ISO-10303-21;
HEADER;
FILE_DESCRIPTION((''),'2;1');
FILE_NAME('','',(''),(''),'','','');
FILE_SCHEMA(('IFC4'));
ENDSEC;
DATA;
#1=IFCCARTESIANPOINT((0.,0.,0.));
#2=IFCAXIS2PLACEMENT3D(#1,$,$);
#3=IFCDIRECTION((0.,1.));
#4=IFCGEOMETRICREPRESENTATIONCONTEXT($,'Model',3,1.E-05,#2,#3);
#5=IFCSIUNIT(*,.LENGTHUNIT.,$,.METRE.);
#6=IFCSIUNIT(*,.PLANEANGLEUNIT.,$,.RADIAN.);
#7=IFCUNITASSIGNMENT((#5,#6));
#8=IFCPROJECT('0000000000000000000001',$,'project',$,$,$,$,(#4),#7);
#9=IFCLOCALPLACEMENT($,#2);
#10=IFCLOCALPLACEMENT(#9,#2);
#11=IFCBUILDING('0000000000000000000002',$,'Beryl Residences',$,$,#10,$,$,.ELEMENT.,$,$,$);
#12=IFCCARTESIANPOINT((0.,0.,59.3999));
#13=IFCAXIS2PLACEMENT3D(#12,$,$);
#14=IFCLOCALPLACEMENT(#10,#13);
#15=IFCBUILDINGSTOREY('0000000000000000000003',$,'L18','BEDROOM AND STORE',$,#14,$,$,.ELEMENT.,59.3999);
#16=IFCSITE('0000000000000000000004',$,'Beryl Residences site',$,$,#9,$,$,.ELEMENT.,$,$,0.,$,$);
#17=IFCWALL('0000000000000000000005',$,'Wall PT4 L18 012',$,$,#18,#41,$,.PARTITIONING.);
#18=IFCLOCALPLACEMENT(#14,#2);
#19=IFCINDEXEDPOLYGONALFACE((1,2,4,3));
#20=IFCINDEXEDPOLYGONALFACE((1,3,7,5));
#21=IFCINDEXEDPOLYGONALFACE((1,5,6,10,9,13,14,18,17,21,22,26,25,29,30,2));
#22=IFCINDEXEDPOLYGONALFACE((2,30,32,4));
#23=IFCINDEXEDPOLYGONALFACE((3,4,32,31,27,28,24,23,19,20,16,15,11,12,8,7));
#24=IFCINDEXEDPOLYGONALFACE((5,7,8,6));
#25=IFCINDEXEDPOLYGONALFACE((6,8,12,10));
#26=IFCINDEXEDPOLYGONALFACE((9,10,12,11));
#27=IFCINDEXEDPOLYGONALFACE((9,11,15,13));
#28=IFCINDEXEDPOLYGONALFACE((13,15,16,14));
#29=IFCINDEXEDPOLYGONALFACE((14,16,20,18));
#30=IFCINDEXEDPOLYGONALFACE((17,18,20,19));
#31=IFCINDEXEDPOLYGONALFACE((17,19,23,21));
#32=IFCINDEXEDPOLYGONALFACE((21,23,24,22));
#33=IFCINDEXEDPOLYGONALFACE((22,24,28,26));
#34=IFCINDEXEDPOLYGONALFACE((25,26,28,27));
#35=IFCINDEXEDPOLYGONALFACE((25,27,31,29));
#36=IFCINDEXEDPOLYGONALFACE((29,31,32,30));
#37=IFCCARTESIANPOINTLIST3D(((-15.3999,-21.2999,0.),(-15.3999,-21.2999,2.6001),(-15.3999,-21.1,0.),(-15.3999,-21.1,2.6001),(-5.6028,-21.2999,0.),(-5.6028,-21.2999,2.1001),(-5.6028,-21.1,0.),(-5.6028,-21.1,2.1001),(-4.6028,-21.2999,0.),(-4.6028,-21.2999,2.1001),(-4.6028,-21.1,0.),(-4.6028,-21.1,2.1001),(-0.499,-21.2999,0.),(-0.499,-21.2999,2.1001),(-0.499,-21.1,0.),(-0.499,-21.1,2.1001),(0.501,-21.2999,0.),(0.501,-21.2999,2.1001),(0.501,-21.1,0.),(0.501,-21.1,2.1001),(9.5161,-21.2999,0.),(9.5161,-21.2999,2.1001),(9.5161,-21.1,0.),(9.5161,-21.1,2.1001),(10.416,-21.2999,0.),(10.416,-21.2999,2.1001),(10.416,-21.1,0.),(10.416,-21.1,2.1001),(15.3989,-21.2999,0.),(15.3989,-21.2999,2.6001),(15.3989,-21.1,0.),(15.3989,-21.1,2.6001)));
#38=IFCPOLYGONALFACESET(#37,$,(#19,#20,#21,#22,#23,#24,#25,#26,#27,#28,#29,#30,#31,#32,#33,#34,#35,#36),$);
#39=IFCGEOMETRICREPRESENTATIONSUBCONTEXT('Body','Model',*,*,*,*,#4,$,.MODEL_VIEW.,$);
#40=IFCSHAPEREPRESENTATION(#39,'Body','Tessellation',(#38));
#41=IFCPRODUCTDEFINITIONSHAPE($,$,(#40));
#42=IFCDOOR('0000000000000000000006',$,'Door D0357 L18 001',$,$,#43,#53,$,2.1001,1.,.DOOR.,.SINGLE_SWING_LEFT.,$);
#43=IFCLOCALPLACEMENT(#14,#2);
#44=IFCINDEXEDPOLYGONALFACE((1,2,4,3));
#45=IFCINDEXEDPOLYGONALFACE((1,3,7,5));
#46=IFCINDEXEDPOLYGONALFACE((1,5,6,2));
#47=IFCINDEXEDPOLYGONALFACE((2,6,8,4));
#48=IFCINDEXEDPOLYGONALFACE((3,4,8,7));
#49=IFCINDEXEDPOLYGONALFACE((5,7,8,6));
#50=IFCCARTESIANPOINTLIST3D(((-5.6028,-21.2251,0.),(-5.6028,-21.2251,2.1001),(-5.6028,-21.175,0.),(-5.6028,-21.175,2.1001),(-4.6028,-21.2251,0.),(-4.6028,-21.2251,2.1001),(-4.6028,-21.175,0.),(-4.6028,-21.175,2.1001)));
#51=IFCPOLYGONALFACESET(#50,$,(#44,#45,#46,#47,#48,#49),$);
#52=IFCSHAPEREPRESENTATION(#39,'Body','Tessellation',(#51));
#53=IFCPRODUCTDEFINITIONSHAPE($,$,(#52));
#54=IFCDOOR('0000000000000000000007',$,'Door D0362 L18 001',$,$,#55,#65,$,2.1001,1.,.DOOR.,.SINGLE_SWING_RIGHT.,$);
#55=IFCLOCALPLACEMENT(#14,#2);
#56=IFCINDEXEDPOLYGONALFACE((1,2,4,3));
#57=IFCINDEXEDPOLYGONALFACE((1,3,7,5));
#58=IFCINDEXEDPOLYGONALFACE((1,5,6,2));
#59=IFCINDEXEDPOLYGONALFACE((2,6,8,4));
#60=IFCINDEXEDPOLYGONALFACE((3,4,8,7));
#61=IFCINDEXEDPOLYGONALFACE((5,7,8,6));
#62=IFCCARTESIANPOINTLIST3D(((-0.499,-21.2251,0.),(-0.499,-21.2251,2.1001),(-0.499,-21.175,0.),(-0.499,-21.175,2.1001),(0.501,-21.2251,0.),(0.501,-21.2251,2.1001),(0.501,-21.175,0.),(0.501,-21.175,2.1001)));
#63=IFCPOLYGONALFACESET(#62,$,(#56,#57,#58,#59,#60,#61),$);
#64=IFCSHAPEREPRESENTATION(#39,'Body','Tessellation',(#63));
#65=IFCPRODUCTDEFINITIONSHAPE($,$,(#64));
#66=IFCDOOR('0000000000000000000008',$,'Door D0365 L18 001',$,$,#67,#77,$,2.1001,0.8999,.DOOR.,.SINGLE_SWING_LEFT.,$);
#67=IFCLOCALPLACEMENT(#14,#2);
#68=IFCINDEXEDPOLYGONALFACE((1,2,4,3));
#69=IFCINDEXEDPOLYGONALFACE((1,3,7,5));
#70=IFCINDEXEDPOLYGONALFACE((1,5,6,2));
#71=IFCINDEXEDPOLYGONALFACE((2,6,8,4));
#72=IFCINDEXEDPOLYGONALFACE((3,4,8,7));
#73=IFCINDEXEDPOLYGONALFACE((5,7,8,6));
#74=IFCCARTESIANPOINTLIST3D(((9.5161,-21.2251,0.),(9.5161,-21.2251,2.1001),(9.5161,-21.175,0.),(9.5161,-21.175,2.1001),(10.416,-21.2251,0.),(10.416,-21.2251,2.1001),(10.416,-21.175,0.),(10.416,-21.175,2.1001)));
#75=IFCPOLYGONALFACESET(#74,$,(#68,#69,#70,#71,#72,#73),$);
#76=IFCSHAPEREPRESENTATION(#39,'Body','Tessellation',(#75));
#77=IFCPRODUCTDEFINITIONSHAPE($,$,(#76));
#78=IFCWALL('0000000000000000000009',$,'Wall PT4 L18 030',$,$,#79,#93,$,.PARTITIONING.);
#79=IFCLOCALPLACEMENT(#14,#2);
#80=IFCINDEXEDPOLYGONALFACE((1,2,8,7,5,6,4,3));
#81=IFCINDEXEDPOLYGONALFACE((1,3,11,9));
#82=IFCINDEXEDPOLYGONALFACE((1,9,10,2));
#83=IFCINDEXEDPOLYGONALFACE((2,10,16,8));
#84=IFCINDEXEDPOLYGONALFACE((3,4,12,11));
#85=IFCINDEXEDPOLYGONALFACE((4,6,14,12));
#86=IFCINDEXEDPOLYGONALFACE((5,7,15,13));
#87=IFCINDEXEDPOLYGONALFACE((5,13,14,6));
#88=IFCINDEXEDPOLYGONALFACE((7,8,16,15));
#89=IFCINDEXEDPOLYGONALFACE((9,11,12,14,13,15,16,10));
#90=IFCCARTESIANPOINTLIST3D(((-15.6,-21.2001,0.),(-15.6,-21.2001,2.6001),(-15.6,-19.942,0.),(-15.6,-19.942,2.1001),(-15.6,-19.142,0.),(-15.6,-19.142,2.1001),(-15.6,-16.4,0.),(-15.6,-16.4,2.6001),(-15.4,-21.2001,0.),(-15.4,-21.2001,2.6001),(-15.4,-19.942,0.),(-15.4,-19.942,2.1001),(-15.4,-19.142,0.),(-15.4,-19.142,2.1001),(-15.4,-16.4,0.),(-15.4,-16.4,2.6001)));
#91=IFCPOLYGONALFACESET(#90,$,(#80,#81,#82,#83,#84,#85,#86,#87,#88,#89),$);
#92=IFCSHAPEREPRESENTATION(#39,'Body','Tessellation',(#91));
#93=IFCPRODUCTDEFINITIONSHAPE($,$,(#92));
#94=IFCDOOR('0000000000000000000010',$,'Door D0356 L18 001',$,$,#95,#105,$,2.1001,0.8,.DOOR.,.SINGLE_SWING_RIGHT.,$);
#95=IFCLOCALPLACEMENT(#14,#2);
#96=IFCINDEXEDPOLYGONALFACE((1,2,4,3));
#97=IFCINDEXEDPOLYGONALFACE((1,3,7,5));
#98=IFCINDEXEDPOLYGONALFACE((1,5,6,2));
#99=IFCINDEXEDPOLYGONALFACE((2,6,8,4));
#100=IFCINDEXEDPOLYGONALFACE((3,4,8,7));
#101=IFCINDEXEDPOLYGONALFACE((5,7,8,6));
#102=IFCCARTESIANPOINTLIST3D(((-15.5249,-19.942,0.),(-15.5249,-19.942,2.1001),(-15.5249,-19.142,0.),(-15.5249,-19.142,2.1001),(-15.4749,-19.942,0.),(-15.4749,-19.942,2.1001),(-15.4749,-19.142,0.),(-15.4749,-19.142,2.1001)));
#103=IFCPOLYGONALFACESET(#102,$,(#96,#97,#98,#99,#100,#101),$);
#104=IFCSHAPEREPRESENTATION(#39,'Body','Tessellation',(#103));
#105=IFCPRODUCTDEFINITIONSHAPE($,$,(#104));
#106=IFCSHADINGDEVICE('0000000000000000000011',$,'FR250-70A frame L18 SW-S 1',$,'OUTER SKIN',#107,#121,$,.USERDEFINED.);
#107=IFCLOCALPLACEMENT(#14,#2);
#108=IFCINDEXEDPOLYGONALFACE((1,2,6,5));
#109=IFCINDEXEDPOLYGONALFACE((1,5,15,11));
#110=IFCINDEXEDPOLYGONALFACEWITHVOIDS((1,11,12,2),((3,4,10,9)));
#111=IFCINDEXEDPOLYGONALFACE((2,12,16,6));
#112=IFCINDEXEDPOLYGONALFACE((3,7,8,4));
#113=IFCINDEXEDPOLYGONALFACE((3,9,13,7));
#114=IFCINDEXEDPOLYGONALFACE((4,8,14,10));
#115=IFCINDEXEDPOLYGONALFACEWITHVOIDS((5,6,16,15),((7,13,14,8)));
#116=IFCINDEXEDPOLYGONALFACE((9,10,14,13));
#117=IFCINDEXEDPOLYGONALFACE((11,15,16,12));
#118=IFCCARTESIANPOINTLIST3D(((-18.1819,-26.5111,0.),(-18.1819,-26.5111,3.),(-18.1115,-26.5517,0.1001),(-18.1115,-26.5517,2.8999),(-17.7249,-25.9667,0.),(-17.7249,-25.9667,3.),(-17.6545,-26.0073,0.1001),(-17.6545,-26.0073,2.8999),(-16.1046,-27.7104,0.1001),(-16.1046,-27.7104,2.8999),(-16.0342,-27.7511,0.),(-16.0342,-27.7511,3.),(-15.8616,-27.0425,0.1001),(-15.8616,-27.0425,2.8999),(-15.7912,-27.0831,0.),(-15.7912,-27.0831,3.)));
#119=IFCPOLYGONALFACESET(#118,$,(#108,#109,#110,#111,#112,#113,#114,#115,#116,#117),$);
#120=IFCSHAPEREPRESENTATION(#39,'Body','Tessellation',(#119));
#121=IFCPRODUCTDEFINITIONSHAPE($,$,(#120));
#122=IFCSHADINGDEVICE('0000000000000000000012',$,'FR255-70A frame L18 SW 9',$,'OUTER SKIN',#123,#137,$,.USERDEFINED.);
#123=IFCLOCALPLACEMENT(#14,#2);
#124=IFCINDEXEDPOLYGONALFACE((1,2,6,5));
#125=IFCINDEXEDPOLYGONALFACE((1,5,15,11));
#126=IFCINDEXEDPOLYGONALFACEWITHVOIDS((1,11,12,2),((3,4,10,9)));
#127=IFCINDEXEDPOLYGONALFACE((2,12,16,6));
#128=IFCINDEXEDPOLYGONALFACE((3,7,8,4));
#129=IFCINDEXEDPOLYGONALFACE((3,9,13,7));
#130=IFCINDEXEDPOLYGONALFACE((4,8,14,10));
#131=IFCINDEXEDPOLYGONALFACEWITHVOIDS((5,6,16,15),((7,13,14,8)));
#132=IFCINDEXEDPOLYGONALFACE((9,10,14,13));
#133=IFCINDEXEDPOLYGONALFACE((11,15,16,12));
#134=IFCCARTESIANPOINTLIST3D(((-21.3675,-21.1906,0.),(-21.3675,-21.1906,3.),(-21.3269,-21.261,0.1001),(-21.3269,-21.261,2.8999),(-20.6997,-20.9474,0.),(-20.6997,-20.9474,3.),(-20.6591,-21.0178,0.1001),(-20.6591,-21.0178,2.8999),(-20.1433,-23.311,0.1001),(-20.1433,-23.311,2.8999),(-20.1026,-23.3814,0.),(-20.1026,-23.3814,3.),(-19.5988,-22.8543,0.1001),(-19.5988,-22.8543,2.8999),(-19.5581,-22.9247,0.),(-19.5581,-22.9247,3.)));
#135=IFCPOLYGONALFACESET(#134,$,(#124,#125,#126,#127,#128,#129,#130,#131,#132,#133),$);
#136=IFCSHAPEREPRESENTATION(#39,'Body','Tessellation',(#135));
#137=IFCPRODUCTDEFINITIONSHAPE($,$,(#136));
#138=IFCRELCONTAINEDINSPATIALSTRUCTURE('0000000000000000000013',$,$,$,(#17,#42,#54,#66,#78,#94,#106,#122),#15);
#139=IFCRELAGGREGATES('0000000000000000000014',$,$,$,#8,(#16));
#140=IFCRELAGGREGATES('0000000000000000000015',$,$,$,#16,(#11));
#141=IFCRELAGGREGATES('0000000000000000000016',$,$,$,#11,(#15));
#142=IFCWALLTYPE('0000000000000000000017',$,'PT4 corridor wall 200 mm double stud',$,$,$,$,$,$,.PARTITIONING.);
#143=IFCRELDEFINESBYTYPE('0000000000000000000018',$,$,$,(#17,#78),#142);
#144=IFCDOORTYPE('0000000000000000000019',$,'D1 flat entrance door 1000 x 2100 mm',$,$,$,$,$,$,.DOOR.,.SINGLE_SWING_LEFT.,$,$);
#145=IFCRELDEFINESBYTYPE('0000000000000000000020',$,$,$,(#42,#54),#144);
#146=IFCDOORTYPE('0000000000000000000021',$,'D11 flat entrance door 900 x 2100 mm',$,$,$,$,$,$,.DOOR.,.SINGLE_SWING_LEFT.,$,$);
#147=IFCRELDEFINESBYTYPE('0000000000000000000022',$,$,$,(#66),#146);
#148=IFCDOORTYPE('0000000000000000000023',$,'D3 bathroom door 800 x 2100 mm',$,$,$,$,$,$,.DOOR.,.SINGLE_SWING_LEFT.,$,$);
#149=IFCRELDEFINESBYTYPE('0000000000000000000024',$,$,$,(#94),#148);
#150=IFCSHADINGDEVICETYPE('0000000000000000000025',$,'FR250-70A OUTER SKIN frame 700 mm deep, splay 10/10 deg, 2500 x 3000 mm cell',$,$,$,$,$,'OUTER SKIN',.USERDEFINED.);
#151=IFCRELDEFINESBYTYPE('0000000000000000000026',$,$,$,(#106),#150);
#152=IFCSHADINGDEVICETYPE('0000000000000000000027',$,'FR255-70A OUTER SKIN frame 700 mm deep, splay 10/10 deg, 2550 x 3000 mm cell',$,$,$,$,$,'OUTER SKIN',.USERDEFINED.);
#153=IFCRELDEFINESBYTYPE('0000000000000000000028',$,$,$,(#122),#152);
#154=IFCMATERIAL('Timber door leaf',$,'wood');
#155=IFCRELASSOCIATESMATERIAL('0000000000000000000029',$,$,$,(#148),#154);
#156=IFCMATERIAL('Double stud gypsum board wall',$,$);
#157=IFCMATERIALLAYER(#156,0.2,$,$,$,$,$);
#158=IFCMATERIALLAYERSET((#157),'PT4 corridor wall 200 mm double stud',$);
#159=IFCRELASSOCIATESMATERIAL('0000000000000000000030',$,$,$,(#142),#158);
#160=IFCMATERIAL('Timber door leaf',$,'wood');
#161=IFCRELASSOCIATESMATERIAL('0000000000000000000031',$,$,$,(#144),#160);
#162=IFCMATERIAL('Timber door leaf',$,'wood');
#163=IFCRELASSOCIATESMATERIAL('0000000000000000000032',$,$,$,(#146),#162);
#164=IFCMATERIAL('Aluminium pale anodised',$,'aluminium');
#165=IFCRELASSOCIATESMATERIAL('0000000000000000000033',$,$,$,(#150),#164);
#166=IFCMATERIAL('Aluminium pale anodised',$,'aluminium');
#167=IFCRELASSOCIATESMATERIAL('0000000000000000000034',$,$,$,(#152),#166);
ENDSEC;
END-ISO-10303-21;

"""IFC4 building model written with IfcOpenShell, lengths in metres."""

from ifc_helpers import new_model, entity, si_unit, direction, frame, frame_2d, origin, place, context, subcontext, project, spatial, rectangle, extrude, source, transform, mapped, material, layer, layer_set, type_object, type_shapes, element, fill, save


model = new_model("IFC4")

# Units and contexts
model_context = context("Model", 3, precision=1e-05, world=origin(), true_north=direction((0.0, 1.0)))
body_context = subcontext(model_context, "Body", "Model", "MODEL_VIEW")
ifc_project = project(units=[si_unit("LENGTHUNIT", "METRE"), si_unit("PLANEANGLEUNIT", "RADIAN")], contexts=[model_context])

# Site, building, storey
site_placement = place(None, origin())
site = spatial("IfcSite", under=ifc_project, at=site_placement, Name="Beryl Residences site", CompositionType="ELEMENT", RefElevation=0.0)
building_placement = place(site_placement, origin())
building = spatial("IfcBuilding", under=site, at=building_placement, Name="Beryl Residences", CompositionType="ELEMENT")
storey_placement = place(building_placement, frame((0.0, 0.0, 59.3999)))
storey = spatial("IfcBuildingStorey", under=building, at=storey_placement, Name="L18", Description="BEDROOM AND STORE", CompositionType="ELEMENT", Elevation=59.3999)

# Shared definitions
ifc_material_1 = material(Name="Timber door leaf", Category="wood")
door_type_1 = type_object("IfcDoorType", Name="D3 bathroom door 800 x 2100 mm", OperationType="SINGLE_SWING_LEFT", PredefinedType="DOOR", material=ifc_material_1)

# Wall, openings, doors
ifc_material_2 = material(Name="Double stud gypsum board wall")
ifc_layer_1 = layer(ifc_material_2, 0.2)
ifc_layer_set_1 = layer_set([ifc_layer_1], Name="PT4 corridor wall 200 mm double stud")
wall_type_1 = type_object("IfcWallType", Name="PT4 corridor wall 200 mm double stud", PredefinedType="PARTITIONING", material=ifc_layer_set_1)
wall_1_placement = place(storey_placement, frame((-15.3999, -21.2, 0.0), z_axis=(0.0, 0.0, 1.0), x_axis=(1.0, 0.0, 0.0)))
wall_1 = element("IfcWall", 1, at=wall_1_placement, inside=storey, type_object=wall_type_1, Name="Wall PT4 L18 012", PredefinedType="PARTITIONING", context=body_context, shape_type="SweptSolid", body=[
    extrude(rectangle(XDim=30.7988, YDim=0.2, at=frame_2d((15.3994, 0.0))), origin(), (0.0, 0.0, 1.0), 2.6001),
])
opening_1_placement = place(wall_1_placement, frame((9.7971, 0.0, 0.0)))
opening_1 = element("IfcOpeningElement", 2, at=opening_1_placement, cuts=wall_1, PredefinedType="OPENING", context=body_context, shape_type="SweptSolid", body=[
    extrude(rectangle(XDim=1.0, YDim=2.1001, at=frame_2d((0.5, 1.05))), frame((0.0, 0.1099, 0.0), z_axis=(0.0, -1.0, 0.0), x_axis=(1.0, 0.0, 0.0)), (0.0, 0.0, 1.0), 0.22),
])
opening_2_placement = place(wall_1_placement, frame((14.9009, 0.0, 0.0)))
opening_2 = element("IfcOpeningElement", 3, at=opening_2_placement, cuts=wall_1, PredefinedType="OPENING", context=body_context, shape_type="SweptSolid", body=[
    extrude(rectangle(XDim=1.0, YDim=2.1001, at=frame_2d((0.5, 1.05))), frame((0.0, 0.1099, 0.0), z_axis=(0.0, -1.0, 0.0), x_axis=(1.0, 0.0, 0.0)), (0.0, 0.0, 1.0), 0.22),
])
opening_3_placement = place(wall_1_placement, frame((24.916, 0.0, 0.0)))
opening_3 = element("IfcOpeningElement", 4, at=opening_3_placement, cuts=wall_1, PredefinedType="OPENING", context=body_context, shape_type="SweptSolid", body=[
    extrude(rectangle(XDim=0.8999, YDim=2.1001, at=frame_2d((0.45, 1.05))), frame((0.0, 0.1099, 0.0), z_axis=(0.0, -1.0, 0.0), x_axis=(1.0, 0.0, 0.0)), (0.0, 0.0, 1.0), 0.22),
])
ifc_material_3 = material(Name="Timber door leaf", Category="wood")
door_type_2 = type_object("IfcDoorType", Name="D1 flat entrance door 1000 x 2100 mm", OperationType="SINGLE_SWING_LEFT", PredefinedType="DOOR", material=ifc_material_3)
door_1_placement = place(opening_1_placement, origin())
door_1 = element("IfcDoor", 5, at=door_1_placement, inside=storey, type_object=door_type_2, Name="Door D0357 L18 001", OperationType="SINGLE_SWING_LEFT", OverallHeight=2.1001, OverallWidth=1.0, PredefinedType="DOOR", context=body_context, shape_type="SweptSolid", body=[
    extrude(rectangle(XDim=1.0, YDim=2.1001, at=frame_2d((0.5, 1.05))), frame((0.0, 0.0249, 0.0), z_axis=(0.0, -1.0, 0.0), x_axis=(1.0, 0.0, 0.0)), (0.0, 0.0, 1.0), 0.05),
])
fill(opening_1, door_1)
door_2_placement = place(opening_2_placement, origin())
door_2 = element("IfcDoor", 6, at=door_2_placement, inside=storey, type_object=door_type_2, Name="Door D0362 L18 001", OperationType="SINGLE_SWING_RIGHT", OverallHeight=2.1001, OverallWidth=1.0, PredefinedType="DOOR", context=body_context, shape_type="SweptSolid", body=[
    extrude(rectangle(XDim=1.0, YDim=2.1001, at=frame_2d((0.5, 1.05))), frame((0.0, 0.0249, 0.0), z_axis=(0.0, -1.0, 0.0), x_axis=(1.0, 0.0, 0.0)), (0.0, 0.0, 1.0), 0.05),
])
fill(opening_2, door_2)
ifc_material_4 = material(Name="Timber door leaf", Category="wood")
door_type_3 = type_object("IfcDoorType", Name="D11 flat entrance door 900 x 2100 mm", OperationType="SINGLE_SWING_LEFT", PredefinedType="DOOR", material=ifc_material_4)
door_3_placement = place(opening_3_placement, origin())
door_3 = element("IfcDoor", 7, at=door_3_placement, inside=storey, type_object=door_type_3, Name="Door D0365 L18 001", OperationType="SINGLE_SWING_LEFT", OverallHeight=2.1001, OverallWidth=0.8999, PredefinedType="DOOR", context=body_context, shape_type="SweptSolid", body=[
    extrude(rectangle(XDim=0.8999, YDim=2.1001, at=frame_2d((0.45, 1.05))), frame((0.0, 0.0249, 0.0), z_axis=(0.0, -1.0, 0.0), x_axis=(1.0, 0.0, 0.0)), (0.0, 0.0, 1.0), 0.05),
])
fill(opening_3, door_3)

# Wall, opening, door
wall_2_placement = place(storey_placement, frame((-15.5, -21.2, 0.0), z_axis=(0.0, 0.0, 1.0), x_axis=(0.0, 1.0, 0.0)))
wall_2 = element("IfcWall", 8, at=wall_2_placement, inside=storey, type_object=wall_type_1, Name="Wall PT4 L18 030", PredefinedType="PARTITIONING", context=body_context, shape_type="SweptSolid", body=[
    extrude(rectangle(XDim=4.8, YDim=0.2, at=frame_2d((2.3999, 0.0))), origin(), (0.0, 0.0, 1.0), 2.6001),
])
opening_4_placement = place(wall_2_placement, frame((1.2581, 0.0, 0.0)))
opening_4 = element("IfcOpeningElement", 9, at=opening_4_placement, cuts=wall_2, PredefinedType="OPENING", context=body_context, shape_type="SweptSolid", body=[
    extrude(rectangle(XDim=0.8, YDim=2.1001, at=frame_2d((0.3999, 1.05))), frame((0.0, 0.1099, 0.0), z_axis=(0.0, -1.0, 0.0), x_axis=(1.0, 0.0, 0.0)), (0.0, 0.0, 1.0), 0.22),
])
door_4_placement = place(opening_4_placement, origin())
door_4 = element("IfcDoor", 10, at=door_4_placement, inside=storey, type_object=door_type_1, Name="Door D0356 L18 001", OperationType="SINGLE_SWING_RIGHT", OverallHeight=2.1001, OverallWidth=0.8, PredefinedType="DOOR", context=body_context, shape_type="SweptSolid", body=[
    extrude(rectangle(XDim=0.8, YDim=2.1001, at=frame_2d((0.3999, 1.05))), frame((0.0, 0.0249, 0.0), z_axis=(0.0, -1.0, 0.0), x_axis=(1.0, 0.0, 0.0)), (0.0, 0.0, 1.0), 0.05),
])
fill(opening_4, door_4)

# Shading devices
ifc_material_5 = material(Name="Aluminium pale anodised", Category="aluminium")
shading_device_type_1 = type_object("IfcShadingDeviceType", Name="FR250-70A OUTER SKIN frame 700 mm deep, splay 10/10 deg, 2500 x 3000 mm cell", ElementType="OUTER SKIN", PredefinedType="USERDEFINED", material=ifc_material_5)
cartesian_point_1 = entity("IfcCartesianPoint", [-1.1165, 0.0])
cartesian_point_2 = entity("IfcCartesianPoint", [-1.0352, 0.1001])
cartesian_point_3 = entity("IfcCartesianPoint", [-1.24, 0.0])
cartesian_point_4 = entity("IfcCartesianPoint", [-1.1587, 0.1001])
shared_shape_1 = source(origin(), body_context, "Body", "SweptSolid", [
    entity("IfcExtrudedAreaSolidTapered", entity("IfcArbitraryProfileDefWithVoids", "AREA", None, entity("IfcPolyline", [cartesian_point_1, entity("IfcCartesianPoint", [1.1165, 0.0]), entity("IfcCartesianPoint", [1.1165, 3.0]), entity("IfcCartesianPoint", [-1.1165, 3.0]), cartesian_point_1]), [entity("IfcPolyline", [cartesian_point_2, entity("IfcCartesianPoint", [1.0352, 0.1001]), entity("IfcCartesianPoint", [1.0352, 2.8999]), entity("IfcCartesianPoint", [-1.0352, 2.8999]), cartesian_point_2])]), entity("IfcAxis2Placement3D", entity("IfcCartesianPoint", [0.0, 0.0, 0.0]), entity("IfcDirection", [0.0, 1.0, 0.0]), entity("IfcDirection", [-1.0, 0.0, 0.0])), entity("IfcDirection", [0.0, 0.0, 1.0]), 0.7, entity("IfcArbitraryProfileDefWithVoids", "AREA", None, entity("IfcPolyline", [cartesian_point_3, entity("IfcCartesianPoint", [1.24, 0.0]), entity("IfcCartesianPoint", [1.24, 3.0]), entity("IfcCartesianPoint", [-1.24, 3.0]), cartesian_point_3]), [entity("IfcPolyline", [cartesian_point_4, entity("IfcCartesianPoint", [1.1587, 0.1001]), entity("IfcCartesianPoint", [1.1587, 2.8999]), entity("IfcCartesianPoint", [-1.1587, 2.8999]), cartesian_point_4])])),
])
type_shapes(shading_device_type_1, [shared_shape_1])
shading_device_placement = place(storey_placement, frame((-16.7581, -26.5249, 0.0), z_axis=(0.0, 0.0, 1.0), x_axis=(-0.866025, 0.5, 0.0)))
element("IfcShadingDevice", 11, at=shading_device_placement, inside=storey, type_object=shading_device_type_1, Name="FR250-70A frame L18 SW-S 1", ObjectType="OUTER SKIN", PredefinedType="USERDEFINED", context=body_context, shape_type="MappedRepresentation", body=[
    mapped(shared_shape_1, transform((0.0, 0.0, 0.0))),
])
ifc_material_6 = material(Name="Aluminium pale anodised", Category="aluminium")
shading_device_type_2 = type_object("IfcShadingDeviceType", Name="FR255-70A OUTER SKIN frame 700 mm deep, splay 10/10 deg, 2550 x 3000 mm cell", ElementType="OUTER SKIN", PredefinedType="USERDEFINED", material=ifc_material_6)
cartesian_point_5 = entity("IfcCartesianPoint", [-1.1416, 0.0])
cartesian_point_6 = entity("IfcCartesianPoint", [-1.0603, 0.1001])
cartesian_point_7 = entity("IfcCartesianPoint", [-1.2649, 0.0])
cartesian_point_8 = entity("IfcCartesianPoint", [-1.1836, 0.1001])
shared_shape_2 = source(origin(), body_context, "Body", "SweptSolid", [
    entity("IfcExtrudedAreaSolidTapered", entity("IfcArbitraryProfileDefWithVoids", "AREA", None, entity("IfcPolyline", [cartesian_point_5, entity("IfcCartesianPoint", [1.1416, 0.0]), entity("IfcCartesianPoint", [1.1416, 3.0]), entity("IfcCartesianPoint", [-1.1416, 3.0]), cartesian_point_5]), [entity("IfcPolyline", [cartesian_point_6, entity("IfcCartesianPoint", [1.0603, 0.1001]), entity("IfcCartesianPoint", [1.0603, 2.8999]), entity("IfcCartesianPoint", [-1.0603, 2.8999]), cartesian_point_6])]), entity("IfcAxis2Placement3D", entity("IfcCartesianPoint", [0.0, 0.0, 0.0]), entity("IfcDirection", [0.0, 1.0, 0.0]), entity("IfcDirection", [-1.0, 0.0, 0.0])), entity("IfcDirection", [0.0, 0.0, 1.0]), 0.7, entity("IfcArbitraryProfileDefWithVoids", "AREA", None, entity("IfcPolyline", [cartesian_point_7, entity("IfcCartesianPoint", [1.2649, 0.0]), entity("IfcCartesianPoint", [1.2649, 3.0]), entity("IfcCartesianPoint", [-1.2649, 3.0]), cartesian_point_7]), [entity("IfcPolyline", [cartesian_point_8, entity("IfcCartesianPoint", [1.1836, 0.1001]), entity("IfcCartesianPoint", [1.1836, 2.8999]), entity("IfcCartesianPoint", [-1.1836, 2.8999]), cartesian_point_8])])),
])
type_shapes(shading_device_type_2, [shared_shape_2])
for number, where, z_axis, x_axis, name in (
    (12, (-20.1289, -21.936, 0.0), (0.0, 0.0, 1.0), (-0.5, 0.866025, 0.0), "FR255-70A frame L18 SW 9"),
):
    element("IfcShadingDevice", number, at=place(storey_placement, frame(where, z_axis=z_axis, x_axis=x_axis)), inside=storey, type_object=shading_device_type_2, Name=name, ObjectType="OUTER SKIN", PredefinedType="USERDEFINED", context=body_context, shape_type="MappedRepresentation", body=[
        mapped(shared_shape_2, transform((0.0, 0.0, 0.0))),
    ])

save(model, "model.ifc")
